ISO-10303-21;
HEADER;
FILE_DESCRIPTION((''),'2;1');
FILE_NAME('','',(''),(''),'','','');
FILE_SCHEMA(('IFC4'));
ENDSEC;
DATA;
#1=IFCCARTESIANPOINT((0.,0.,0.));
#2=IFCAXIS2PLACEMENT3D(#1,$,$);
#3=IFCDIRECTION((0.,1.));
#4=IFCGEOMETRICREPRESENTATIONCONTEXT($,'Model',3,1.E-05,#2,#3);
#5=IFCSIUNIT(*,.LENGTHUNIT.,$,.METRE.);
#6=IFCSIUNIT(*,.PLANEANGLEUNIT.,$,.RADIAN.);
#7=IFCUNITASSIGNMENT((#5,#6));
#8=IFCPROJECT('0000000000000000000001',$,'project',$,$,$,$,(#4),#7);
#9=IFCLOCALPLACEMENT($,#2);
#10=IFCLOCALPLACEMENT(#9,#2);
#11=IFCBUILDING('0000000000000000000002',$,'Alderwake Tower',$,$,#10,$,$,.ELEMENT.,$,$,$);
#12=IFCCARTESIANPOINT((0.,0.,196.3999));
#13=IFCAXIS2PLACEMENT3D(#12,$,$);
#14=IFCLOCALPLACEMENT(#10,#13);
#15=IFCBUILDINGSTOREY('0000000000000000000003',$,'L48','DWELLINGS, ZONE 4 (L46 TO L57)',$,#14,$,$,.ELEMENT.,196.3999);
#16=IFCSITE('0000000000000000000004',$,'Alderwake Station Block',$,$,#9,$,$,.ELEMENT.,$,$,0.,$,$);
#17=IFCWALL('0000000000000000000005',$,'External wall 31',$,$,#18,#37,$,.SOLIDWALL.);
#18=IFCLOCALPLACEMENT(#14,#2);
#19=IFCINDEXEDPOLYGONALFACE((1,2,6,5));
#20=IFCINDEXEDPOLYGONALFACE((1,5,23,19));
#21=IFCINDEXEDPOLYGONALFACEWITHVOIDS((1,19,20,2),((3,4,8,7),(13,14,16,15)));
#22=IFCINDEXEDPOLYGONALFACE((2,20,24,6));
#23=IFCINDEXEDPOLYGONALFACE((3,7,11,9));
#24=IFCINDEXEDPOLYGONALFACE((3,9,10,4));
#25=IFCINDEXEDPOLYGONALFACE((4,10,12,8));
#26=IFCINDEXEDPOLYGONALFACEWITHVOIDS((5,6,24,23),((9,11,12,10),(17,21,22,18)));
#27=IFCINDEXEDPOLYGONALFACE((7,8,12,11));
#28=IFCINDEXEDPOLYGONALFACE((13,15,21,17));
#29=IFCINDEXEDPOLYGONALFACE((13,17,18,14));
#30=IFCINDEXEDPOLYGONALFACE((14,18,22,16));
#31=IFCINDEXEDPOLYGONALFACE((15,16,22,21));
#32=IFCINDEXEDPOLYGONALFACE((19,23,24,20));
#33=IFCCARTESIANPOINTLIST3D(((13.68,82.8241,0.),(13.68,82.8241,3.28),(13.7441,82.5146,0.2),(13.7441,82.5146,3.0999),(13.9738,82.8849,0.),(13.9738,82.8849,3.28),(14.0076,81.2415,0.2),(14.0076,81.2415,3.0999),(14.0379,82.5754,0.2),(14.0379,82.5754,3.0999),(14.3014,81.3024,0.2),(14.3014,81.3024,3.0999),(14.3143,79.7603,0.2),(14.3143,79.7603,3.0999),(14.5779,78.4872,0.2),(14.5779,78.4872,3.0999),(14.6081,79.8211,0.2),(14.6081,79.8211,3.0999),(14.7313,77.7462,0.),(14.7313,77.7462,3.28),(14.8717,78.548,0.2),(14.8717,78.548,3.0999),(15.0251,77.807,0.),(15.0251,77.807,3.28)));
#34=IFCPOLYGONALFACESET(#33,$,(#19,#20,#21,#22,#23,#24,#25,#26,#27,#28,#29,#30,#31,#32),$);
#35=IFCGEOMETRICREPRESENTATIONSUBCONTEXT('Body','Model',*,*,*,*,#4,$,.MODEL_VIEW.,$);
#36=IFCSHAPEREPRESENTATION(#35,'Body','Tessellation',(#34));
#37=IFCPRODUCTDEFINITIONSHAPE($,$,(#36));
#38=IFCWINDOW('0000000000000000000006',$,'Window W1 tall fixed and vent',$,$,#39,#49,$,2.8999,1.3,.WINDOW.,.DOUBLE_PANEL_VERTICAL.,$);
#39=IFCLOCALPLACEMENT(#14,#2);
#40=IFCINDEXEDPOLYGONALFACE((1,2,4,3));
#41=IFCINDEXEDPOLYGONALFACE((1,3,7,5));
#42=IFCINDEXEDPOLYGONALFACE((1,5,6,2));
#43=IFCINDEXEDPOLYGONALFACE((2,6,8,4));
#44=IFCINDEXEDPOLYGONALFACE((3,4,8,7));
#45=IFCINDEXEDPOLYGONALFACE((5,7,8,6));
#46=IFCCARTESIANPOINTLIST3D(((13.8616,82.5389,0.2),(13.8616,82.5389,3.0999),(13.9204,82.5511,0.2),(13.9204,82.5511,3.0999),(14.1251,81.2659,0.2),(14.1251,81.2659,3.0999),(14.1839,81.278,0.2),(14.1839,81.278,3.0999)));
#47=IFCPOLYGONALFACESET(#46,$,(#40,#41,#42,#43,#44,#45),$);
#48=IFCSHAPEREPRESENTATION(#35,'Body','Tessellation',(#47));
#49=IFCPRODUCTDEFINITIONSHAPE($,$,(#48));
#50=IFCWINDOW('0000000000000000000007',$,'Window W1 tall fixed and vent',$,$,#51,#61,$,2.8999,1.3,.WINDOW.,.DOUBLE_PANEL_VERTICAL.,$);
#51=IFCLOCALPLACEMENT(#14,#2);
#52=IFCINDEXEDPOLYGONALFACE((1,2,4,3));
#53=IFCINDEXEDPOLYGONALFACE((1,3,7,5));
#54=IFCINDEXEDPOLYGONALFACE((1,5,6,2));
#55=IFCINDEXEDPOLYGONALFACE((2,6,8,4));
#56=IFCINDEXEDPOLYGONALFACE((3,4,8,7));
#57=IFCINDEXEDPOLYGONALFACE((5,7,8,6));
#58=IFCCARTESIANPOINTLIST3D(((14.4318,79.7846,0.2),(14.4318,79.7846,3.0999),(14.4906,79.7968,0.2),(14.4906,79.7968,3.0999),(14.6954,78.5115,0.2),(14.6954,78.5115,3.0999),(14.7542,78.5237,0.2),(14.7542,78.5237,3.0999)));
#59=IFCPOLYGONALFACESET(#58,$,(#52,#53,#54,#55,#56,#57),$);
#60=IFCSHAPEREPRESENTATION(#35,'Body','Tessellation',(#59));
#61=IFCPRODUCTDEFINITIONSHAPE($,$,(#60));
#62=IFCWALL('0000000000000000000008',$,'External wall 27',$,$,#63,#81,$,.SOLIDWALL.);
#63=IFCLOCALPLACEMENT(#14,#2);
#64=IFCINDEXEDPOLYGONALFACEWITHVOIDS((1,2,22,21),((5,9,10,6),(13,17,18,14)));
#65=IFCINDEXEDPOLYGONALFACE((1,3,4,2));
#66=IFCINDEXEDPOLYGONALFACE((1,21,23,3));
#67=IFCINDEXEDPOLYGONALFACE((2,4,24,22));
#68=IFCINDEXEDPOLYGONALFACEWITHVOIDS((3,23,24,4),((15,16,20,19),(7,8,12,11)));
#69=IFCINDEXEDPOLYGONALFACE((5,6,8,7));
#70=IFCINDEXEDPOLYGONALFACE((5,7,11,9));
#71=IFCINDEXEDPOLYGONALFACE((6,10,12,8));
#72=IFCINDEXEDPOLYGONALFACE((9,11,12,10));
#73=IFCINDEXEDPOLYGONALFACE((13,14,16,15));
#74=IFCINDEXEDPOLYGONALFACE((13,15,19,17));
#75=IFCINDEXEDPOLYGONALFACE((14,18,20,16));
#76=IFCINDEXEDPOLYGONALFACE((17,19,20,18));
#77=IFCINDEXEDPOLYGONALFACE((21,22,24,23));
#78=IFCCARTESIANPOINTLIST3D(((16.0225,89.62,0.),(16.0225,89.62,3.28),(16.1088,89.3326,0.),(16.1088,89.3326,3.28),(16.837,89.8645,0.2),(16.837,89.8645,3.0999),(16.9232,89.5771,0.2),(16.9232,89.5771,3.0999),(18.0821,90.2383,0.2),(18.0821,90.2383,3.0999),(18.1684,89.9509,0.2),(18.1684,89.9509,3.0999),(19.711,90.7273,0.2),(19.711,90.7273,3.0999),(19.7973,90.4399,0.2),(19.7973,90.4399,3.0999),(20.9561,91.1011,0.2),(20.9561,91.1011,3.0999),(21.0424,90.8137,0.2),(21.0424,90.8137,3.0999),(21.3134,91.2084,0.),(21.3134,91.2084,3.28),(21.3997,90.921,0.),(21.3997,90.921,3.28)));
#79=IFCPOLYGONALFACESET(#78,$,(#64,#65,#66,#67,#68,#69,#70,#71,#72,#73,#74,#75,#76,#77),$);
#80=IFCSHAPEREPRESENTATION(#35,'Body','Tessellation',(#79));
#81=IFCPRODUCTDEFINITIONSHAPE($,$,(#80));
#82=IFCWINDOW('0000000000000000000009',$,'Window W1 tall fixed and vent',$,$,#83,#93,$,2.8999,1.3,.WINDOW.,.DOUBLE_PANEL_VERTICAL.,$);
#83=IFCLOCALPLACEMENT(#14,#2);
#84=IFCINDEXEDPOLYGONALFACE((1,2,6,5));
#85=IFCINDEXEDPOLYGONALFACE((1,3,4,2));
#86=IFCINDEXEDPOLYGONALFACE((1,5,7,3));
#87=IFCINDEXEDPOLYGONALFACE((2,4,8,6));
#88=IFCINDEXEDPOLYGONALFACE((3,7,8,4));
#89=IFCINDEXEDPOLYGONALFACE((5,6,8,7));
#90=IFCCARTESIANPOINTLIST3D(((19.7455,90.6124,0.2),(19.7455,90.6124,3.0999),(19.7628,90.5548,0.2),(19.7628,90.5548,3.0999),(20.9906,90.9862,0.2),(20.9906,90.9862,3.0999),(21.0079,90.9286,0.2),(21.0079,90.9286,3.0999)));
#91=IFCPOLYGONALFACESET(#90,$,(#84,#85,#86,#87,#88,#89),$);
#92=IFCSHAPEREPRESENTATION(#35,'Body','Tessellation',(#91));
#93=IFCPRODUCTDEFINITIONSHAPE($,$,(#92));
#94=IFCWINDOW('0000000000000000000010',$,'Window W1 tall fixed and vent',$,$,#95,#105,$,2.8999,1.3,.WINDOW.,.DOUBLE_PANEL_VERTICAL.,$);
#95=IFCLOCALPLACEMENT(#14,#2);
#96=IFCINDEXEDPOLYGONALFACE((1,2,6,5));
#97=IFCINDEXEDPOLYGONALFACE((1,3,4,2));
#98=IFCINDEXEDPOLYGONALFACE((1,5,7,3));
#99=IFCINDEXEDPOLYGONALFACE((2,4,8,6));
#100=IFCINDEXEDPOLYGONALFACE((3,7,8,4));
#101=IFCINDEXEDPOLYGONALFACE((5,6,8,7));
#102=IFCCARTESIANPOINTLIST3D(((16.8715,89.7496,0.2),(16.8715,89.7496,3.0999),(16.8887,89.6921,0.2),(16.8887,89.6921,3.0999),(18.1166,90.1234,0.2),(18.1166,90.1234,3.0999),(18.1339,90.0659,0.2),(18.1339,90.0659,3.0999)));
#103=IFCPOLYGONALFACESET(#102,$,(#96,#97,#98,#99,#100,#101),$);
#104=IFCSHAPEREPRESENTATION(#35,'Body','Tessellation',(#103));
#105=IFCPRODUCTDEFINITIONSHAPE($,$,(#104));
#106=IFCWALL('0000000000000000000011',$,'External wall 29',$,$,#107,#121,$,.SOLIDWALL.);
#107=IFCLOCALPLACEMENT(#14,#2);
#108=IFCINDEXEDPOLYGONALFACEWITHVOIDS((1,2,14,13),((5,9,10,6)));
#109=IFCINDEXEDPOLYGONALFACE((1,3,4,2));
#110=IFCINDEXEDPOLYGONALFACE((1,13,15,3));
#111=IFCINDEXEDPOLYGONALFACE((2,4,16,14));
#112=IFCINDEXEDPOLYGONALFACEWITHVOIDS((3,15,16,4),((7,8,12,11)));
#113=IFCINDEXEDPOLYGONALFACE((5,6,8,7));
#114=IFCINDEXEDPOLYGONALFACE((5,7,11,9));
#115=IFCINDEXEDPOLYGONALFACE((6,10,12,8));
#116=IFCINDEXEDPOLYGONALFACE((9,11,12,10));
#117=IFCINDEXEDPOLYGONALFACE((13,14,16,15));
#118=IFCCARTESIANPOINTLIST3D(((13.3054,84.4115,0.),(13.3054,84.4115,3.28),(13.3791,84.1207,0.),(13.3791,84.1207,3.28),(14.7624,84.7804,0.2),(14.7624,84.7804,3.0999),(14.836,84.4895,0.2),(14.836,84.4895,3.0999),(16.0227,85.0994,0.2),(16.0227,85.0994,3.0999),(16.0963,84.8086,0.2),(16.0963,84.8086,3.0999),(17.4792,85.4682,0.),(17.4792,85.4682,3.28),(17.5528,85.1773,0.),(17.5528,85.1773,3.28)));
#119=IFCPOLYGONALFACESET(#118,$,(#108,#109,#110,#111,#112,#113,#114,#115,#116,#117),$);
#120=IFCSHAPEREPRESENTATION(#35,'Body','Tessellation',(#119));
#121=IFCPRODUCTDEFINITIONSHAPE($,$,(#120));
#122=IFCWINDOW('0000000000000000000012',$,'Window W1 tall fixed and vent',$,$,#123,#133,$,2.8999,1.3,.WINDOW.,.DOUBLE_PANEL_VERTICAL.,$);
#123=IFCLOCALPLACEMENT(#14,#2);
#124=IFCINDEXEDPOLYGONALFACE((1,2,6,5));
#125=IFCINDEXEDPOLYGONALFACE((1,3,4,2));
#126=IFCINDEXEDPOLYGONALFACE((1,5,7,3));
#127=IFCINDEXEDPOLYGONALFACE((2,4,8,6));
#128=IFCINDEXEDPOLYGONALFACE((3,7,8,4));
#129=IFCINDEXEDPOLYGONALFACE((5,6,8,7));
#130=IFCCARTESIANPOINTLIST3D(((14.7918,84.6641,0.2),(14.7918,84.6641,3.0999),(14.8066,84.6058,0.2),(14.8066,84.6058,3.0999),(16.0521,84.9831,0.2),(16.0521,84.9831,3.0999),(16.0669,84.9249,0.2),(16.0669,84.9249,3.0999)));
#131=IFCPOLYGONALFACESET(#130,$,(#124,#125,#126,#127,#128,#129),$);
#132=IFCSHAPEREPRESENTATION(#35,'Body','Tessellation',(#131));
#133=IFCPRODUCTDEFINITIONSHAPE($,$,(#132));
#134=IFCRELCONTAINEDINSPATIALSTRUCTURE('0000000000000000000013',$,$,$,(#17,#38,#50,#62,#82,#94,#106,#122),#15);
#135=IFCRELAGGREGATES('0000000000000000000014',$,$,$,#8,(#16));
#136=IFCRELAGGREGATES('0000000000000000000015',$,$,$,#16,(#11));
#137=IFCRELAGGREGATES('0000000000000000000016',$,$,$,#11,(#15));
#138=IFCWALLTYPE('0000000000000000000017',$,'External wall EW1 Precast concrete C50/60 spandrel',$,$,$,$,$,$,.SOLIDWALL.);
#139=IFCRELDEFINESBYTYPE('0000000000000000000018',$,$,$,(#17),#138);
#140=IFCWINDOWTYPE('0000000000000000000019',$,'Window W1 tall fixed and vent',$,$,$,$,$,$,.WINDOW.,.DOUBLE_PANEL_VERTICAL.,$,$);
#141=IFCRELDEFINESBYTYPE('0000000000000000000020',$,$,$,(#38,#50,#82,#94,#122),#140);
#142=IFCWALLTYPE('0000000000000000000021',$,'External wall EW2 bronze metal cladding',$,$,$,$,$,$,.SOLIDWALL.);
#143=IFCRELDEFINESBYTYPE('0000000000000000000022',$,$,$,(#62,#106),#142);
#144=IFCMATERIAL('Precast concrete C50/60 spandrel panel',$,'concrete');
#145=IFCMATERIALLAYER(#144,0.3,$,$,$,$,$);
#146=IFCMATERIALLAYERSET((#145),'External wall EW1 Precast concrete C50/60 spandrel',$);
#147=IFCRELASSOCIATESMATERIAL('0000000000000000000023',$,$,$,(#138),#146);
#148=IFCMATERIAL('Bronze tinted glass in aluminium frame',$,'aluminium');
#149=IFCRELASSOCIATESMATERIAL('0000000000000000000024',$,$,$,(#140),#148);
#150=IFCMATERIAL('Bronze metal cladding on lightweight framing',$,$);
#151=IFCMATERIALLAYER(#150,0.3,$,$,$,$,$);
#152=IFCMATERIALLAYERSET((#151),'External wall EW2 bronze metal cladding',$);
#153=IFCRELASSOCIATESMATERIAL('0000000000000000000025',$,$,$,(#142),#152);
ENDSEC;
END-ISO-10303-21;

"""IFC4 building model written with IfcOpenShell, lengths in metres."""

from ifc_helpers import new_model, si_unit, direction, frame, frame_2d, origin, place, context, subcontext, project, spatial, rectangle, extrude, material, layer, layer_set, type_object, element, fill, save


model = new_model("IFC4")

# Units and contexts
model_context = context("Model", 3, precision=1e-05, world=origin(), true_north=direction((0.0, 1.0)))
body_context = subcontext(model_context, "Body", "Model", "MODEL_VIEW")
ifc_project = project(units=[si_unit("LENGTHUNIT", "METRE"), si_unit("PLANEANGLEUNIT", "RADIAN")], contexts=[model_context])

# Site, building, storey
site_placement = place(None, origin())
site = spatial("IfcSite", under=ifc_project, at=site_placement, Name="Alderwake Station Block", CompositionType="ELEMENT", RefElevation=0.0)
building_placement = place(site_placement, origin())
building = spatial("IfcBuilding", under=site, at=building_placement, Name="Alderwake Tower", CompositionType="ELEMENT")
storey_placement = place(building_placement, frame((0.0, 0.0, 196.3999)))
storey = spatial("IfcBuildingStorey", under=building, at=storey_placement, Name="L48", Description="DWELLINGS, ZONE 4 (L46 TO L57)", CompositionType="ELEMENT", Elevation=196.3999)

# Shared definitions
ifc_material_1 = material(Name="Precast concrete C50/60 spandrel panel", Category="concrete")
ifc_layer_1 = layer(ifc_material_1, 0.3)
ifc_layer_set_1 = layer_set([ifc_layer_1], Name="External wall EW1 Precast concrete C50/60 spandrel")
wall_type_1 = type_object("IfcWallType", Name="External wall EW1 Precast concrete C50/60 spandrel", PredefinedType="SOLIDWALL", material=ifc_layer_set_1)

# Walls, openings, windows
wall_1_placement = place(storey_placement, frame((13.8269, 82.8545, 0.0), z_axis=(0.0, 0.0, 1.0), x_axis=(0.20273, -0.979235, 0.0)))
wall_1 = element("IfcWall", 1, at=wall_1_placement, inside=storey, type_object=wall_type_1, Name="External wall 31", PredefinedType="SOLIDWALL", context=body_context, shape_type="SweptSolid", body=[
    extrude(rectangle(XDim=5.1855, YDim=0.3, at=frame_2d((2.5928, 0.0))), origin(), (0.0, 0.0, 1.0), 3.28),
])
opening_1_placement = place(wall_1_placement, frame((0.3162, 0.0, 0.2)))
opening_1 = element("IfcOpeningElement", 2, at=opening_1_placement, cuts=wall_1, PredefinedType="OPENING", context=body_context, shape_type="SweptSolid", body=[
    extrude(rectangle(XDim=1.3, YDim=2.8999, at=frame_2d((0.6499, 1.45))), frame((0.0, 0.1599, 0.0), z_axis=(0.0, -1.0, 0.0), x_axis=(1.0, 0.0, 0.0)), (0.0, 0.0, 1.0), 0.3201),
])
opening_2_placement = place(wall_1_placement, frame((3.1289, 0.0, 0.2)))
opening_2 = element("IfcOpeningElement", 3, at=opening_2_placement, cuts=wall_1, PredefinedType="OPENING", context=body_context, shape_type="SweptSolid", body=[
    extrude(rectangle(XDim=1.3, YDim=2.8999, at=frame_2d((0.6499, 1.45))), frame((0.0, 0.1599, 0.0), z_axis=(0.0, -1.0, 0.0), x_axis=(1.0, 0.0, 0.0)), (0.0, 0.0, 1.0), 0.3201),
])
ifc_material_2 = material(Name="Bronze tinted glass in aluminium frame", Category="aluminium")
window_type = type_object("IfcWindowType", Name="Window W1 tall fixed and vent", PartitioningType="DOUBLE_PANEL_VERTICAL", PredefinedType="WINDOW", material=ifc_material_2)
window_1_placement = place(opening_1_placement, origin())
window_1 = element("IfcWindow", 4, at=window_1_placement, inside=storey, type_object=window_type, Name="Window W1 tall fixed and vent", OverallHeight=2.8999, OverallWidth=1.3, PartitioningType="DOUBLE_PANEL_VERTICAL", PredefinedType="WINDOW", context=body_context, shape_type="SweptSolid", body=[
    extrude(rectangle(XDim=1.3, YDim=2.8999, at=frame_2d((0.6499, 1.45))), frame((0.0, 0.03, 0.0), z_axis=(0.0, -1.0, 0.0), x_axis=(1.0, 0.0, 0.0)), (0.0, 0.0, 1.0), 0.0601),
])
fill(opening_1, window_1)
window_2_placement = place(opening_2_placement, origin())
window_2 = element("IfcWindow", 5, at=window_2_placement, inside=storey, type_object=window_type, Name="Window W1 tall fixed and vent", OverallHeight=2.8999, OverallWidth=1.3, PartitioningType="DOUBLE_PANEL_VERTICAL", PredefinedType="WINDOW", context=body_context, shape_type="SweptSolid", body=[
    extrude(rectangle(XDim=1.3, YDim=2.8999, at=frame_2d((0.6499, 1.45))), frame((0.0, 0.03, 0.0), z_axis=(0.0, -1.0, 0.0), x_axis=(1.0, 0.0, 0.0)), (0.0, 0.0, 1.0), 0.0601),
])
fill(opening_2, window_2)
ifc_material_3 = material(Name="Bronze metal cladding on lightweight framing")
ifc_layer_2 = layer(ifc_material_3, 0.3)
ifc_layer_set_2 = layer_set([ifc_layer_2], Name="External wall EW2 bronze metal cladding")
wall_type_2 = type_object("IfcWallType", Name="External wall EW2 bronze metal cladding", PredefinedType="SOLIDWALL", material=ifc_layer_set_2)
wall_2_placement = place(storey_placement, frame((21.3567, 91.0647, 0.0), z_axis=(0.0, 0.0, 1.0), x_axis=(-0.957773, -0.287526, 0.0)))
wall_2 = element("IfcWall", 6, at=wall_2_placement, inside=storey, type_object=wall_type_2, Name="External wall 27", PredefinedType="SOLIDWALL", context=body_context, shape_type="SweptSolid", body=[
    extrude(rectangle(XDim=5.5242, YDim=0.3, at=frame_2d((2.7622, 0.0))), origin(), (0.0, 0.0, 1.0), 3.28),
])
opening_3_placement = place(wall_2_placement, frame((0.3733, 0.0, 0.2)))
opening_3 = element("IfcOpeningElement", 7, at=opening_3_placement, cuts=wall_2, PredefinedType="OPENING", context=body_context, shape_type="SweptSolid", body=[
    extrude(rectangle(XDim=1.3, YDim=2.8999, at=frame_2d((0.6499, 1.45))), frame((0.0, 0.1599, 0.0), z_axis=(0.0, -1.0, 0.0), x_axis=(1.0, 0.0, 0.0)), (0.0, 0.0, 1.0), 0.3201),
])
opening_4_placement = place(wall_2_placement, frame((3.374, 0.0, 0.2)))
opening_4 = element("IfcOpeningElement", 8, at=opening_4_placement, cuts=wall_2, PredefinedType="OPENING", context=body_context, shape_type="SweptSolid", body=[
    extrude(rectangle(XDim=1.3, YDim=2.8999, at=frame_2d((0.6499, 1.45))), frame((0.0, 0.1599, 0.0), z_axis=(0.0, -1.0, 0.0), x_axis=(1.0, 0.0, 0.0)), (0.0, 0.0, 1.0), 0.3201),
])
window_3_placement = place(opening_3_placement, origin())
window_3 = element("IfcWindow", 9, at=window_3_placement, inside=storey, type_object=window_type, Name="Window W1 tall fixed and vent", OverallHeight=2.8999, OverallWidth=1.3, PartitioningType="DOUBLE_PANEL_VERTICAL", PredefinedType="WINDOW", context=body_context, shape_type="SweptSolid", body=[
    extrude(rectangle(XDim=1.3, YDim=2.8999, at=frame_2d((0.6499, 1.45))), frame((0.0, 0.03, 0.0), z_axis=(0.0, -1.0, 0.0), x_axis=(1.0, 0.0, 0.0)), (0.0, 0.0, 1.0), 0.0601),
])
fill(opening_3, window_3)
window_4_placement = place(opening_4_placement, origin())
window_4 = element("IfcWindow", 10, at=window_4_placement, inside=storey, type_object=window_type, Name="Window W1 tall fixed and vent", OverallHeight=2.8999, OverallWidth=1.3, PartitioningType="DOUBLE_PANEL_VERTICAL", PredefinedType="WINDOW", context=body_context, shape_type="SweptSolid", body=[
    extrude(rectangle(XDim=1.3, YDim=2.8999, at=frame_2d((0.6499, 1.45))), frame((0.0, 0.03, 0.0), z_axis=(0.0, -1.0, 0.0), x_axis=(1.0, 0.0, 0.0)), (0.0, 0.0, 1.0), 0.0601),
])
fill(opening_4, window_4)

# Wall, opening, window
wall_3_placement = place(storey_placement, frame((17.5161, 85.3228, 0.0), z_axis=(0.0, 0.0, 1.0), x_axis=(-0.969418, -0.245416, 0.0)))
wall_3 = element("IfcWall", 11, at=wall_3_placement, inside=storey, type_object=wall_type_2, Name="External wall 29", PredefinedType="SOLIDWALL", context=body_context, shape_type="SweptSolid", body=[
    extrude(rectangle(XDim=4.3054, YDim=0.3, at=frame_2d((2.1528, 0.0))), origin(), (0.0, 0.0, 1.0), 3.28),
])
opening_5_placement = place(wall_3_placement, frame((1.5027, 0.0, 0.2)))
opening_5 = element("IfcOpeningElement", 12, at=opening_5_placement, cuts=wall_3, PredefinedType="OPENING", context=body_context, shape_type="SweptSolid", body=[
    extrude(rectangle(XDim=1.3, YDim=2.8999, at=frame_2d((0.6499, 1.45))), frame((0.0, 0.1599, 0.0), z_axis=(0.0, -1.0, 0.0), x_axis=(1.0, 0.0, 0.0)), (0.0, 0.0, 1.0), 0.3201),
])
window_5_placement = place(opening_5_placement, origin())
window_5 = element("IfcWindow", 13, at=window_5_placement, inside=storey, type_object=window_type, Name="Window W1 tall fixed and vent", OverallHeight=2.8999, OverallWidth=1.3, PartitioningType="DOUBLE_PANEL_VERTICAL", PredefinedType="WINDOW", context=body_context, shape_type="SweptSolid", body=[
    extrude(rectangle(XDim=1.3, YDim=2.8999, at=frame_2d((0.6499, 1.45))), frame((0.0, 0.03, 0.0), z_axis=(0.0, -1.0, 0.0), x_axis=(1.0, 0.0, 0.0)), (0.0, 0.0, 1.0), 0.0601),
])
fill(opening_5, window_5)

save(model, "model.ifc")
